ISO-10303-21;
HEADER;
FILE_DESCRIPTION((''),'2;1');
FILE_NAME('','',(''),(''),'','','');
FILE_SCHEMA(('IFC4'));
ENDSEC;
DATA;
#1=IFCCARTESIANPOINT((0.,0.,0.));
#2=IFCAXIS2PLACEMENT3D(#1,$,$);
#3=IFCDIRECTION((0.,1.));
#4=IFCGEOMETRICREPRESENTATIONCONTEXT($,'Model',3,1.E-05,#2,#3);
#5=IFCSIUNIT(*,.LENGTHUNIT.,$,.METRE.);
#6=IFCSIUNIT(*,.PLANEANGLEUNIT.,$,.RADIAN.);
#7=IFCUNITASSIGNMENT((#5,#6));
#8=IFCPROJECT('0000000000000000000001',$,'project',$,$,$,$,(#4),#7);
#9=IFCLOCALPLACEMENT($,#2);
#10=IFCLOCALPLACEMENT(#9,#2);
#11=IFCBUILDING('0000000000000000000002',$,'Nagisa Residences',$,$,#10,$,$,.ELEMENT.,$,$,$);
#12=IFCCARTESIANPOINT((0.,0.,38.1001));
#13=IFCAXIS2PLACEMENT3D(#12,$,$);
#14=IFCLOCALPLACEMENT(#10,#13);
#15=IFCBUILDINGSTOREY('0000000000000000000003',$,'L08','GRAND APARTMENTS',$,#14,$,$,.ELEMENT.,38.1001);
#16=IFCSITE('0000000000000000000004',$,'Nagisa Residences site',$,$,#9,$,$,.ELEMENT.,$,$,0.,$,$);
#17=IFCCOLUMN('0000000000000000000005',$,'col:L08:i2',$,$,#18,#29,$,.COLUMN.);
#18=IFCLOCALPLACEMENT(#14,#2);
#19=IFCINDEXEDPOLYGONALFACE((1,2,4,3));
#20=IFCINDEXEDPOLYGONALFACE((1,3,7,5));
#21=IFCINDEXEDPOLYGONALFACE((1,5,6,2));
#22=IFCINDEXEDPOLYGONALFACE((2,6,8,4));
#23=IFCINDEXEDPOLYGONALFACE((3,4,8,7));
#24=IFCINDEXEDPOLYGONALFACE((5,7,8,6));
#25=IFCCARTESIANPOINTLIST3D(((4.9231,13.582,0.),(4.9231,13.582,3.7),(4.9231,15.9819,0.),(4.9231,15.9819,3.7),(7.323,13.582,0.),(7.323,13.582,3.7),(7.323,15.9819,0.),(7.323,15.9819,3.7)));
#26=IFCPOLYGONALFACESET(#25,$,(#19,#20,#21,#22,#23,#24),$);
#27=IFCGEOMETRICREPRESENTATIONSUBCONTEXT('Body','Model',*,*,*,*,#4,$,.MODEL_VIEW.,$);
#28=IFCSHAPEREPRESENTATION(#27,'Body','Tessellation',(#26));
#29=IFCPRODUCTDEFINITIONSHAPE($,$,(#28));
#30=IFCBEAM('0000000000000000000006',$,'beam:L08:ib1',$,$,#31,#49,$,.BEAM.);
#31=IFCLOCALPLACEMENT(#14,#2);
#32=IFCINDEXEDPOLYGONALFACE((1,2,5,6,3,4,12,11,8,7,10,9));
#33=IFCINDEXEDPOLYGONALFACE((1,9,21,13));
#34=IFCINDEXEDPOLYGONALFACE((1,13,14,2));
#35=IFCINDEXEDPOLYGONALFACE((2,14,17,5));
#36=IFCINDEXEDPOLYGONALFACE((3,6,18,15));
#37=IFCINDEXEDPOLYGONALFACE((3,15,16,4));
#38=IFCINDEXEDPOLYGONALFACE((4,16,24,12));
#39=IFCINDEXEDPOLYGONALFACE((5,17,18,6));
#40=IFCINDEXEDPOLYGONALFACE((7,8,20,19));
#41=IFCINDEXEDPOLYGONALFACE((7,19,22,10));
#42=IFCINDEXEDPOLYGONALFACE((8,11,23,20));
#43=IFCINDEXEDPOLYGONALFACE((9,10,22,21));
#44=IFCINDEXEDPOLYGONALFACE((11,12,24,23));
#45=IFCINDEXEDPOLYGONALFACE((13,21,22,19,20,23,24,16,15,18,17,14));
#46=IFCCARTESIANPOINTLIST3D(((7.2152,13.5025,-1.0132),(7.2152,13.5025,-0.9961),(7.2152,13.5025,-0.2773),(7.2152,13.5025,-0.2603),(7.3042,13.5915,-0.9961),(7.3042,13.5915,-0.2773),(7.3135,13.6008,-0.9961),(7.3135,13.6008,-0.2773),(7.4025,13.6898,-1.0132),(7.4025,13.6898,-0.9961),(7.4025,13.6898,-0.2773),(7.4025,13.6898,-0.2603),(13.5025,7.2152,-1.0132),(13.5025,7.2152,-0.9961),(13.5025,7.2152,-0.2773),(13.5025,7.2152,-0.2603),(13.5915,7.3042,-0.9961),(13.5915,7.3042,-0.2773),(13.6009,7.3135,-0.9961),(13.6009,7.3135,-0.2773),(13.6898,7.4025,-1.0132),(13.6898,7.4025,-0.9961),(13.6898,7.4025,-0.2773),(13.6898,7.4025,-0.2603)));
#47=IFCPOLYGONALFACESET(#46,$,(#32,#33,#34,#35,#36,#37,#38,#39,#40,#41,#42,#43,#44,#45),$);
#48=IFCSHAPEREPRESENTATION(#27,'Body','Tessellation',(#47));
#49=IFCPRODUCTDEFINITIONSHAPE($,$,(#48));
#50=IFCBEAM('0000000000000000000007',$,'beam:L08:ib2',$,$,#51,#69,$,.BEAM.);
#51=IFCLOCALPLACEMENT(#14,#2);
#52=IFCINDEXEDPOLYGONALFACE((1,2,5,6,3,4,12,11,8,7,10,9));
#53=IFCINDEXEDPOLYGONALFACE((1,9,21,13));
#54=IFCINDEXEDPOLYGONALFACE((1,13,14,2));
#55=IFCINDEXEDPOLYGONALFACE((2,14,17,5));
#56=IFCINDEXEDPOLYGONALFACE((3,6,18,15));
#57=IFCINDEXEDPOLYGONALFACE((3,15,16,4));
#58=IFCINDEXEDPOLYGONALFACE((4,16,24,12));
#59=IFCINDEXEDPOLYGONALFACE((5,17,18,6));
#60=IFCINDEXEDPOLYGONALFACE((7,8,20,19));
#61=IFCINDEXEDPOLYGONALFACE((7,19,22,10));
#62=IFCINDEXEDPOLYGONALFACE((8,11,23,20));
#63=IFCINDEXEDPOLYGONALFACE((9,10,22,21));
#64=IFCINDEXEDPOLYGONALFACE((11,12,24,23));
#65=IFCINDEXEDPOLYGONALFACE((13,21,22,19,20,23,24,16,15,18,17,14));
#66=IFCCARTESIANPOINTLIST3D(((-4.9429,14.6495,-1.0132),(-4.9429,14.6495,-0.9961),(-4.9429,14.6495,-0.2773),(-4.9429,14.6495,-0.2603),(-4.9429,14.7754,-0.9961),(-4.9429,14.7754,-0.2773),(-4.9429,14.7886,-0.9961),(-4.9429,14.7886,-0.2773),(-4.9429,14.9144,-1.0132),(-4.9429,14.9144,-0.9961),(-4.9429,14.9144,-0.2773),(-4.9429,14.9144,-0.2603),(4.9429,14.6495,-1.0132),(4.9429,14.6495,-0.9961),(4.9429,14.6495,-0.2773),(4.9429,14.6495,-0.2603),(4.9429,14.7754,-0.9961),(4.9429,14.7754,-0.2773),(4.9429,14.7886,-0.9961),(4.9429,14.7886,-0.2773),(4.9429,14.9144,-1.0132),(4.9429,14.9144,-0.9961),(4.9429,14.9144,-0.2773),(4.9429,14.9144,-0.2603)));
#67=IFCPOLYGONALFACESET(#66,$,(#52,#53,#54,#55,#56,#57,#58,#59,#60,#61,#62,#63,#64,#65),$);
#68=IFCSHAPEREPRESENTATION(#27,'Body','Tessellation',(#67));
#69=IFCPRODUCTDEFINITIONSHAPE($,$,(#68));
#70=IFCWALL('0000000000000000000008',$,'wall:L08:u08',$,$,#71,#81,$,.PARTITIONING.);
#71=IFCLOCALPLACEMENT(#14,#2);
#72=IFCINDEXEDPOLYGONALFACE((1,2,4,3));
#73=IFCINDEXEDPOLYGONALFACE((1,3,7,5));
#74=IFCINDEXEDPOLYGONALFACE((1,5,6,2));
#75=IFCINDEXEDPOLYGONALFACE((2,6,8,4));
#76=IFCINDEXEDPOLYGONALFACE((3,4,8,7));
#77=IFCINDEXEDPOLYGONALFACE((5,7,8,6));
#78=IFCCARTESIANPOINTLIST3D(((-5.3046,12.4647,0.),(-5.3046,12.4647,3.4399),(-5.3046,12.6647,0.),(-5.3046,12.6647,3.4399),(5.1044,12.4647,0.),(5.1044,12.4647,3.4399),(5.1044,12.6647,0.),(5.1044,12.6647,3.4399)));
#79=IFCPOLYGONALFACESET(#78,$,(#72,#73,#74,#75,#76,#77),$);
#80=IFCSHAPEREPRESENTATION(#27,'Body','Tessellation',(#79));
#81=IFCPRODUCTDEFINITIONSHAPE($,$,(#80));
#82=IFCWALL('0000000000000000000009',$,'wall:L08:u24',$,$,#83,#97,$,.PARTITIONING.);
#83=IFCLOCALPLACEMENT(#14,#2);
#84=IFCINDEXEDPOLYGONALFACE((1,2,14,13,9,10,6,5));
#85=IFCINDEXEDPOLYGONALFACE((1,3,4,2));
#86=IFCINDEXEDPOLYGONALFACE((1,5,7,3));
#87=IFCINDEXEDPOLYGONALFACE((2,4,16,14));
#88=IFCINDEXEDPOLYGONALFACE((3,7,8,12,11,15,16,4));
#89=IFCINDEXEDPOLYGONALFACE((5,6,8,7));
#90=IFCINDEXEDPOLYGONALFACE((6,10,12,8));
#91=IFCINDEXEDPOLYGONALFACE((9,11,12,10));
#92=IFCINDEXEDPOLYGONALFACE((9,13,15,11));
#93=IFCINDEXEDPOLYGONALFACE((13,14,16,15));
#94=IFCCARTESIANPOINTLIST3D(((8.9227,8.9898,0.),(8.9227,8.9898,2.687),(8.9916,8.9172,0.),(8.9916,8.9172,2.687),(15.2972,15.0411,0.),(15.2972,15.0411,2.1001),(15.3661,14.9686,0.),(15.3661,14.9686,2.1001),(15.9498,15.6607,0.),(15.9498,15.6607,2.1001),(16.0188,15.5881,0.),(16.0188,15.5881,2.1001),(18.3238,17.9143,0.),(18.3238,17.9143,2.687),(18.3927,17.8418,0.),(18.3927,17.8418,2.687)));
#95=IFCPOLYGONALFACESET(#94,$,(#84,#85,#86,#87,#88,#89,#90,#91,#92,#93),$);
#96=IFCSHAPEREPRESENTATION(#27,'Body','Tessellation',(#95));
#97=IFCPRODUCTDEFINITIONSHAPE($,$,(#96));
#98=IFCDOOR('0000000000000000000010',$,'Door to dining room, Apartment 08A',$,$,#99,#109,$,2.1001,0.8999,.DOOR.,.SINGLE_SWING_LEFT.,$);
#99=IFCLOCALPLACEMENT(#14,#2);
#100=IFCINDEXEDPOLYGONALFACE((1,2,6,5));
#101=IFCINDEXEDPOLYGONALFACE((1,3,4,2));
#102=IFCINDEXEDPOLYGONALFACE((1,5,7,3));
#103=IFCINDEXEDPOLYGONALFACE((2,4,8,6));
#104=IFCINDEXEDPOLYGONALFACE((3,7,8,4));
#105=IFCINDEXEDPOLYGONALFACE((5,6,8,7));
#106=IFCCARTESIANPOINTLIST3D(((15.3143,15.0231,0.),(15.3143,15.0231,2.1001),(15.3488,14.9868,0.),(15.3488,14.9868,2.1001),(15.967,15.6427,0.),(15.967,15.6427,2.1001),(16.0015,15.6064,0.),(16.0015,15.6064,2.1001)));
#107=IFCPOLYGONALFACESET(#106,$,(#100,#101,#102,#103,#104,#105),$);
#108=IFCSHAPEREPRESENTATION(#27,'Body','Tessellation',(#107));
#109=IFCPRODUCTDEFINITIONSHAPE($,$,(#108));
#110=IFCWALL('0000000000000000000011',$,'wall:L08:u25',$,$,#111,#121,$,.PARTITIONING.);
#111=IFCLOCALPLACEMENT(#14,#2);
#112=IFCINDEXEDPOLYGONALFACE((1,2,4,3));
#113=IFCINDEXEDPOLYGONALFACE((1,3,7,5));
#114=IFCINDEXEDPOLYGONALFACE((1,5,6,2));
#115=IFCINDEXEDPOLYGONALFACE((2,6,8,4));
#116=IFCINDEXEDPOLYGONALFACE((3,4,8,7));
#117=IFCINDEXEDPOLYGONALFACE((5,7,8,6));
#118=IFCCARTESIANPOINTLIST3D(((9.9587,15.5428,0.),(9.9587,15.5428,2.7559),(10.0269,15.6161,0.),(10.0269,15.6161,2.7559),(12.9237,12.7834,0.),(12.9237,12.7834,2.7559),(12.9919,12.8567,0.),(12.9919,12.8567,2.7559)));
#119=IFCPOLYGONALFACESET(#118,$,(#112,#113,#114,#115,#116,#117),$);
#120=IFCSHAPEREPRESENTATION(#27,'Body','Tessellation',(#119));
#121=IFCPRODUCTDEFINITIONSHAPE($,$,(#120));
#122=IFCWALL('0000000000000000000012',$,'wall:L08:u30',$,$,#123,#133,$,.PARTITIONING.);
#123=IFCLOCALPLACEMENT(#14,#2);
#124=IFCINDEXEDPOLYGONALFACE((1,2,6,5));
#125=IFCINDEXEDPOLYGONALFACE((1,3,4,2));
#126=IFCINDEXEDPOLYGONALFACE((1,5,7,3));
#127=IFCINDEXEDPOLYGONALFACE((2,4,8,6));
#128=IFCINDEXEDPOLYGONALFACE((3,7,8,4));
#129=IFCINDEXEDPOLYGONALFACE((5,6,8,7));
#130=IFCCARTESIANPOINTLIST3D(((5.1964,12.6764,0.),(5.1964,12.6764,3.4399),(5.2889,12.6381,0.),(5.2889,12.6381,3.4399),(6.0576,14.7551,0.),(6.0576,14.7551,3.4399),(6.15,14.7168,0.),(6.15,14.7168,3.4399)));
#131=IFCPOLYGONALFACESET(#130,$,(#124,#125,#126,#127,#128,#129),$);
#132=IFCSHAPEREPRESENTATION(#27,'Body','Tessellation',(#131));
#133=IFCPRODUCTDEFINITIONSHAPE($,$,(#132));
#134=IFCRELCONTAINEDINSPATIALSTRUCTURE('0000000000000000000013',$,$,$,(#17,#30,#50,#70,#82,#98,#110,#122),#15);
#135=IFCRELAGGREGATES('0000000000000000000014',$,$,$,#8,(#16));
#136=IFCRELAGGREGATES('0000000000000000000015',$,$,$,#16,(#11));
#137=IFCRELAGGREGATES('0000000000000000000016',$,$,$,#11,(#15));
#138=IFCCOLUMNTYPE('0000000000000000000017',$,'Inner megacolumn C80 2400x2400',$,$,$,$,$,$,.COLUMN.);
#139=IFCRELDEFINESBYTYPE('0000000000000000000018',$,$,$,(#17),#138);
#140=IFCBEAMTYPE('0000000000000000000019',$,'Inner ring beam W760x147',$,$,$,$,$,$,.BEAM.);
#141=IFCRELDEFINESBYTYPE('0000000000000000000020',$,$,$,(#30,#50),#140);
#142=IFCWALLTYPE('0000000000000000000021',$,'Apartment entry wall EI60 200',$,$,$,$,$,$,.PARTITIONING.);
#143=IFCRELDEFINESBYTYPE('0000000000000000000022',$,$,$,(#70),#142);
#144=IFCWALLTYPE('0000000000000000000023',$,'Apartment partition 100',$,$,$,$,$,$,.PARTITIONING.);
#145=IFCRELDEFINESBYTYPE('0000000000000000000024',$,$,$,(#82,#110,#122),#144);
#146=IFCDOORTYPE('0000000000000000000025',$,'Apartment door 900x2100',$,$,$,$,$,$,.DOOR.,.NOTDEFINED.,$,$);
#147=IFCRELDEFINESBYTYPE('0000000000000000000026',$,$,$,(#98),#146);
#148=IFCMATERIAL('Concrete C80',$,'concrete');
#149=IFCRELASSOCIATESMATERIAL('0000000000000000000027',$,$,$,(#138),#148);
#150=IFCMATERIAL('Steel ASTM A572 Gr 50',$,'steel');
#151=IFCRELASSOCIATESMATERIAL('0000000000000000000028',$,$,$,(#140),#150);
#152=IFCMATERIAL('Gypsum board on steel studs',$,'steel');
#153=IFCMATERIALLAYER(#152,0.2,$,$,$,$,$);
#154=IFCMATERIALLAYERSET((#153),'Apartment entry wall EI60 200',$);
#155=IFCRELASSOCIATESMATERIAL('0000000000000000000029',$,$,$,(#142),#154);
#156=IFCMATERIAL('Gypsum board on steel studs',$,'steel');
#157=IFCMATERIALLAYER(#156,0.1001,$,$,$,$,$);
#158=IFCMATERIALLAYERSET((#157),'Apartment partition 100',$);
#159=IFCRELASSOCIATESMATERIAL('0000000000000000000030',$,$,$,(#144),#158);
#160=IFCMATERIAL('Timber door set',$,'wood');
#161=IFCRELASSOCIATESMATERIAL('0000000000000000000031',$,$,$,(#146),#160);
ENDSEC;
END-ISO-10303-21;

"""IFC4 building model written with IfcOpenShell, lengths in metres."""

from ifc_helpers import new_model, si_unit, direction, frame, frame_2d, origin, origin_2d, place, context, subcontext, project, spatial, rectangle, i_section, extrude, material, layer, layer_set, material_profile, profile_set, type_object, element, fill, save


model = new_model("IFC4")

# Units and contexts
model_context = context("Model", 3, precision=1e-05, world=origin(), true_north=direction((0.0, 1.0)))
body_context = subcontext(model_context, "Body", "Model", "MODEL_VIEW")
ifc_project = project(units=[si_unit("LENGTHUNIT", "METRE"), si_unit("PLANEANGLEUNIT", "RADIAN")], contexts=[model_context])

# Site, building, storey
site_placement = place(None, origin())
site = spatial("IfcSite", under=ifc_project, at=site_placement, Name="Nagisa Residences site", CompositionType="ELEMENT", RefElevation=0.0)
building_placement = place(site_placement, origin())
building = spatial("IfcBuilding", under=site, at=building_placement, Name="Nagisa Residences", CompositionType="ELEMENT")
storey_placement = place(building_placement, frame((0.0, 0.0, 38.1001)))
storey = spatial("IfcBuildingStorey", under=building, at=storey_placement, Name="L08", Description="GRAND APARTMENTS", CompositionType="ELEMENT", Elevation=38.1001)

# Column
ifc_material_1 = material(Name="Concrete C80", Category="concrete")
ifc_material_profile_1 = material_profile(ifc_material_1, rectangle(XDim=2.3999, YDim=2.3999, at=origin_2d()), Name="C80 2400x2400")
ifc_profile_set_1 = profile_set([ifc_material_profile_1], Name="Concrete C80")
column_type = type_object("IfcColumnType", Name="Inner megacolumn C80 2400x2400", PredefinedType="COLUMN", material=ifc_profile_set_1)
column_placement = place(storey_placement, frame((6.123, 14.782, 0.0), z_axis=(0.0, 0.0, 1.0), x_axis=(1.0, 0.0, 0.0)))
element("IfcColumn", 1, at=column_placement, inside=storey, type_object=column_type, Name="col:L08:i2", PredefinedType="COLUMN", context=body_context, shape_type="SweptSolid", body=[
    extrude(rectangle(XDim=2.3999, YDim=2.3999, at=origin_2d()), origin(), (0.0, 0.0, 1.0), 3.7),
])

# Beams
ifc_material_2 = material(Name="Steel ASTM A572 Gr 50", Category="steel")
ifc_material_profile_2 = material_profile(ifc_material_2, i_section(OverallWidth=0.2649, OverallDepth=0.7529, WebThickness=0.0132, FlangeThickness=0.0171, at=origin_2d()), Name="W760x147")
ifc_profile_set_2 = profile_set([ifc_material_profile_2], Name="Steel ASTM A572 Gr 50")
beam_type = type_object("IfcBeamType", Name="Inner ring beam W760x147", PredefinedType="BEAM", material=ifc_profile_set_2)
beam_1_placement = place(storey_placement, frame((13.5962, 7.3088, -0.6367), z_axis=(-0.707107, 0.707107, 0.0), x_axis=(-0.707107, -0.707107, 0.0)))
element("IfcBeam", 2, at=beam_1_placement, inside=storey, type_object=beam_type, Name="beam:L08:ib1", PredefinedType="BEAM", context=body_context, shape_type="SweptSolid", body=[
    extrude(i_section(OverallWidth=0.2649, OverallDepth=0.7529, WebThickness=0.0132, FlangeThickness=0.0171, at=origin_2d()), origin(), (0.0, 0.0, 1.0), 8.8916),
])
beam_2_placement = place(storey_placement, frame((4.9429, 14.782, -0.6367), z_axis=(-1.0, 0.0, 0.0), x_axis=(0.0, -1.0, 0.0)))
element("IfcBeam", 3, at=beam_2_placement, inside=storey, type_object=beam_type, Name="beam:L08:ib2", PredefinedType="BEAM", context=body_context, shape_type="SweptSolid", body=[
    extrude(i_section(OverallWidth=0.2649, OverallDepth=0.7529, WebThickness=0.0132, FlangeThickness=0.0171, at=origin_2d()), origin(), (0.0, 0.0, 1.0), 9.8857),
])

# Wall
ifc_material_3 = material(Name="Gypsum board on steel studs", Category="steel")
ifc_layer_1 = layer(ifc_material_3, 0.2)
ifc_layer_set_1 = layer_set([ifc_layer_1], Name="Apartment entry wall EI60 200")
wall_type_1 = type_object("IfcWallType", Name="Apartment entry wall EI60 200", PredefinedType="PARTITIONING", material=ifc_layer_set_1)
wall_1_placement = place(storey_placement, frame((5.1045, 12.5647, 0.0), z_axis=(0.0, 0.0, 1.0), x_axis=(-1.0, 0.0, 0.0)))
element("IfcWall", 4, at=wall_1_placement, inside=storey, type_object=wall_type_1, Name="wall:L08:u08", PredefinedType="PARTITIONING", context=body_context, shape_type="SweptSolid", body=[
    extrude(rectangle(XDim=10.4089, YDim=0.2, at=frame_2d((5.2046, 0.0))), origin(), (0.0, 0.0, 1.0), 3.4399),
])

# Wall, opening, door
ifc_material_4 = material(Name="Gypsum board on steel studs", Category="steel")
ifc_layer_2 = layer(ifc_material_4, 0.1001)
ifc_layer_set_2 = layer_set([ifc_layer_2], Name="Apartment partition 100")
wall_type_2 = type_object("IfcWallType", Name="Apartment partition 100", PredefinedType="PARTITIONING", material=ifc_layer_set_2)
wall_2_placement = place(storey_placement, frame((8.957, 8.9534, 0.0), z_axis=(0.0, 0.0, 1.0), x_axis=(0.72525, 0.688486, 0.0)))
wall_2 = element("IfcWall", 5, at=wall_2_placement, inside=storey, type_object=wall_type_2, Name="wall:L08:u24", PredefinedType="PARTITIONING", context=body_context, shape_type="SweptSolid", body=[
    extrude(rectangle(XDim=12.9626, YDim=0.1001, at=frame_2d((6.4814, 0.0))), origin(), (0.0, 0.0, 1.0), 2.687),
])
opening_1_placement = place(wall_2_placement, frame((8.7896, 0.0, 0.0)))
opening_1 = element("IfcOpeningElement", 6, at=opening_1_placement, cuts=wall_2, PredefinedType="OPENING", context=body_context, shape_type="SweptSolid", body=[
    extrude(rectangle(XDim=0.8999, YDim=2.1001, at=frame_2d((0.45, 1.05))), frame((0.0, 0.0601, 0.0), z_axis=(0.0, -1.0, 0.0), x_axis=(1.0, 0.0, 0.0)), (0.0, 0.0, 1.0), 0.1201),
])
ifc_material_5 = material(Name="Timber door set", Category="wood")
door_type = type_object("IfcDoorType", Name="Apartment door 900x2100", OperationType="NOTDEFINED", PredefinedType="DOOR", material=ifc_material_5)
door_1_placement = place(opening_1_placement, frame((0.8999, 0.0, 0.0), x_axis=(-1.0, 0.0, 0.0)))
door_1 = element("IfcDoor", 7, at=door_1_placement, inside=storey, type_object=door_type, Name="Door to dining room, Apartment 08A", OperationType="SINGLE_SWING_LEFT", OverallHeight=2.1001, OverallWidth=0.8999, PredefinedType="DOOR", context=body_context, shape_type="SweptSolid", body=[
    extrude(rectangle(XDim=0.8999, YDim=2.1001, at=frame_2d((0.45, 1.05))), frame((0.0, 0.0249, 0.0), z_axis=(0.0, -1.0, 0.0), x_axis=(1.0, 0.0, 0.0)), (0.0, 0.0, 1.0), 0.05),
])
fill(opening_1, door_1)

# Walls
wall_3_placement = place(storey_placement, frame((12.9578, 12.8201, 0.0), z_axis=(0.0, 0.0, 1.0), x_axis=(-0.732029, 0.681274, 0.0)))
element("IfcWall", 8, at=wall_3_placement, inside=storey, type_object=wall_type_2, Name="wall:L08:u25", PredefinedType="PARTITIONING", context=body_context, shape_type="SweptSolid", body=[
    extrude(rectangle(XDim=4.0503, YDim=0.1001, at=frame_2d((2.0251, 0.0))), origin(), (0.0, 0.0, 1.0), 2.7559),
])
wall_4_placement = place(storey_placement, frame((5.2427, 12.6572, 0.0), z_axis=(0.0, 0.0, 1.0), x_axis=(0.382719, 0.923865, 0.0)))
element("IfcWall", 9, at=wall_4_placement, inside=storey, type_object=wall_type_2, Name="wall:L08:u30", PredefinedType="PARTITIONING", context=body_context, shape_type="SweptSolid", body=[
    extrude(rectangle(XDim=2.25, YDim=0.1001, at=frame_2d((1.125, 0.0))), origin(), (0.0, 0.0, 1.0), 3.4399),
])

save(model, "model.ifc")
